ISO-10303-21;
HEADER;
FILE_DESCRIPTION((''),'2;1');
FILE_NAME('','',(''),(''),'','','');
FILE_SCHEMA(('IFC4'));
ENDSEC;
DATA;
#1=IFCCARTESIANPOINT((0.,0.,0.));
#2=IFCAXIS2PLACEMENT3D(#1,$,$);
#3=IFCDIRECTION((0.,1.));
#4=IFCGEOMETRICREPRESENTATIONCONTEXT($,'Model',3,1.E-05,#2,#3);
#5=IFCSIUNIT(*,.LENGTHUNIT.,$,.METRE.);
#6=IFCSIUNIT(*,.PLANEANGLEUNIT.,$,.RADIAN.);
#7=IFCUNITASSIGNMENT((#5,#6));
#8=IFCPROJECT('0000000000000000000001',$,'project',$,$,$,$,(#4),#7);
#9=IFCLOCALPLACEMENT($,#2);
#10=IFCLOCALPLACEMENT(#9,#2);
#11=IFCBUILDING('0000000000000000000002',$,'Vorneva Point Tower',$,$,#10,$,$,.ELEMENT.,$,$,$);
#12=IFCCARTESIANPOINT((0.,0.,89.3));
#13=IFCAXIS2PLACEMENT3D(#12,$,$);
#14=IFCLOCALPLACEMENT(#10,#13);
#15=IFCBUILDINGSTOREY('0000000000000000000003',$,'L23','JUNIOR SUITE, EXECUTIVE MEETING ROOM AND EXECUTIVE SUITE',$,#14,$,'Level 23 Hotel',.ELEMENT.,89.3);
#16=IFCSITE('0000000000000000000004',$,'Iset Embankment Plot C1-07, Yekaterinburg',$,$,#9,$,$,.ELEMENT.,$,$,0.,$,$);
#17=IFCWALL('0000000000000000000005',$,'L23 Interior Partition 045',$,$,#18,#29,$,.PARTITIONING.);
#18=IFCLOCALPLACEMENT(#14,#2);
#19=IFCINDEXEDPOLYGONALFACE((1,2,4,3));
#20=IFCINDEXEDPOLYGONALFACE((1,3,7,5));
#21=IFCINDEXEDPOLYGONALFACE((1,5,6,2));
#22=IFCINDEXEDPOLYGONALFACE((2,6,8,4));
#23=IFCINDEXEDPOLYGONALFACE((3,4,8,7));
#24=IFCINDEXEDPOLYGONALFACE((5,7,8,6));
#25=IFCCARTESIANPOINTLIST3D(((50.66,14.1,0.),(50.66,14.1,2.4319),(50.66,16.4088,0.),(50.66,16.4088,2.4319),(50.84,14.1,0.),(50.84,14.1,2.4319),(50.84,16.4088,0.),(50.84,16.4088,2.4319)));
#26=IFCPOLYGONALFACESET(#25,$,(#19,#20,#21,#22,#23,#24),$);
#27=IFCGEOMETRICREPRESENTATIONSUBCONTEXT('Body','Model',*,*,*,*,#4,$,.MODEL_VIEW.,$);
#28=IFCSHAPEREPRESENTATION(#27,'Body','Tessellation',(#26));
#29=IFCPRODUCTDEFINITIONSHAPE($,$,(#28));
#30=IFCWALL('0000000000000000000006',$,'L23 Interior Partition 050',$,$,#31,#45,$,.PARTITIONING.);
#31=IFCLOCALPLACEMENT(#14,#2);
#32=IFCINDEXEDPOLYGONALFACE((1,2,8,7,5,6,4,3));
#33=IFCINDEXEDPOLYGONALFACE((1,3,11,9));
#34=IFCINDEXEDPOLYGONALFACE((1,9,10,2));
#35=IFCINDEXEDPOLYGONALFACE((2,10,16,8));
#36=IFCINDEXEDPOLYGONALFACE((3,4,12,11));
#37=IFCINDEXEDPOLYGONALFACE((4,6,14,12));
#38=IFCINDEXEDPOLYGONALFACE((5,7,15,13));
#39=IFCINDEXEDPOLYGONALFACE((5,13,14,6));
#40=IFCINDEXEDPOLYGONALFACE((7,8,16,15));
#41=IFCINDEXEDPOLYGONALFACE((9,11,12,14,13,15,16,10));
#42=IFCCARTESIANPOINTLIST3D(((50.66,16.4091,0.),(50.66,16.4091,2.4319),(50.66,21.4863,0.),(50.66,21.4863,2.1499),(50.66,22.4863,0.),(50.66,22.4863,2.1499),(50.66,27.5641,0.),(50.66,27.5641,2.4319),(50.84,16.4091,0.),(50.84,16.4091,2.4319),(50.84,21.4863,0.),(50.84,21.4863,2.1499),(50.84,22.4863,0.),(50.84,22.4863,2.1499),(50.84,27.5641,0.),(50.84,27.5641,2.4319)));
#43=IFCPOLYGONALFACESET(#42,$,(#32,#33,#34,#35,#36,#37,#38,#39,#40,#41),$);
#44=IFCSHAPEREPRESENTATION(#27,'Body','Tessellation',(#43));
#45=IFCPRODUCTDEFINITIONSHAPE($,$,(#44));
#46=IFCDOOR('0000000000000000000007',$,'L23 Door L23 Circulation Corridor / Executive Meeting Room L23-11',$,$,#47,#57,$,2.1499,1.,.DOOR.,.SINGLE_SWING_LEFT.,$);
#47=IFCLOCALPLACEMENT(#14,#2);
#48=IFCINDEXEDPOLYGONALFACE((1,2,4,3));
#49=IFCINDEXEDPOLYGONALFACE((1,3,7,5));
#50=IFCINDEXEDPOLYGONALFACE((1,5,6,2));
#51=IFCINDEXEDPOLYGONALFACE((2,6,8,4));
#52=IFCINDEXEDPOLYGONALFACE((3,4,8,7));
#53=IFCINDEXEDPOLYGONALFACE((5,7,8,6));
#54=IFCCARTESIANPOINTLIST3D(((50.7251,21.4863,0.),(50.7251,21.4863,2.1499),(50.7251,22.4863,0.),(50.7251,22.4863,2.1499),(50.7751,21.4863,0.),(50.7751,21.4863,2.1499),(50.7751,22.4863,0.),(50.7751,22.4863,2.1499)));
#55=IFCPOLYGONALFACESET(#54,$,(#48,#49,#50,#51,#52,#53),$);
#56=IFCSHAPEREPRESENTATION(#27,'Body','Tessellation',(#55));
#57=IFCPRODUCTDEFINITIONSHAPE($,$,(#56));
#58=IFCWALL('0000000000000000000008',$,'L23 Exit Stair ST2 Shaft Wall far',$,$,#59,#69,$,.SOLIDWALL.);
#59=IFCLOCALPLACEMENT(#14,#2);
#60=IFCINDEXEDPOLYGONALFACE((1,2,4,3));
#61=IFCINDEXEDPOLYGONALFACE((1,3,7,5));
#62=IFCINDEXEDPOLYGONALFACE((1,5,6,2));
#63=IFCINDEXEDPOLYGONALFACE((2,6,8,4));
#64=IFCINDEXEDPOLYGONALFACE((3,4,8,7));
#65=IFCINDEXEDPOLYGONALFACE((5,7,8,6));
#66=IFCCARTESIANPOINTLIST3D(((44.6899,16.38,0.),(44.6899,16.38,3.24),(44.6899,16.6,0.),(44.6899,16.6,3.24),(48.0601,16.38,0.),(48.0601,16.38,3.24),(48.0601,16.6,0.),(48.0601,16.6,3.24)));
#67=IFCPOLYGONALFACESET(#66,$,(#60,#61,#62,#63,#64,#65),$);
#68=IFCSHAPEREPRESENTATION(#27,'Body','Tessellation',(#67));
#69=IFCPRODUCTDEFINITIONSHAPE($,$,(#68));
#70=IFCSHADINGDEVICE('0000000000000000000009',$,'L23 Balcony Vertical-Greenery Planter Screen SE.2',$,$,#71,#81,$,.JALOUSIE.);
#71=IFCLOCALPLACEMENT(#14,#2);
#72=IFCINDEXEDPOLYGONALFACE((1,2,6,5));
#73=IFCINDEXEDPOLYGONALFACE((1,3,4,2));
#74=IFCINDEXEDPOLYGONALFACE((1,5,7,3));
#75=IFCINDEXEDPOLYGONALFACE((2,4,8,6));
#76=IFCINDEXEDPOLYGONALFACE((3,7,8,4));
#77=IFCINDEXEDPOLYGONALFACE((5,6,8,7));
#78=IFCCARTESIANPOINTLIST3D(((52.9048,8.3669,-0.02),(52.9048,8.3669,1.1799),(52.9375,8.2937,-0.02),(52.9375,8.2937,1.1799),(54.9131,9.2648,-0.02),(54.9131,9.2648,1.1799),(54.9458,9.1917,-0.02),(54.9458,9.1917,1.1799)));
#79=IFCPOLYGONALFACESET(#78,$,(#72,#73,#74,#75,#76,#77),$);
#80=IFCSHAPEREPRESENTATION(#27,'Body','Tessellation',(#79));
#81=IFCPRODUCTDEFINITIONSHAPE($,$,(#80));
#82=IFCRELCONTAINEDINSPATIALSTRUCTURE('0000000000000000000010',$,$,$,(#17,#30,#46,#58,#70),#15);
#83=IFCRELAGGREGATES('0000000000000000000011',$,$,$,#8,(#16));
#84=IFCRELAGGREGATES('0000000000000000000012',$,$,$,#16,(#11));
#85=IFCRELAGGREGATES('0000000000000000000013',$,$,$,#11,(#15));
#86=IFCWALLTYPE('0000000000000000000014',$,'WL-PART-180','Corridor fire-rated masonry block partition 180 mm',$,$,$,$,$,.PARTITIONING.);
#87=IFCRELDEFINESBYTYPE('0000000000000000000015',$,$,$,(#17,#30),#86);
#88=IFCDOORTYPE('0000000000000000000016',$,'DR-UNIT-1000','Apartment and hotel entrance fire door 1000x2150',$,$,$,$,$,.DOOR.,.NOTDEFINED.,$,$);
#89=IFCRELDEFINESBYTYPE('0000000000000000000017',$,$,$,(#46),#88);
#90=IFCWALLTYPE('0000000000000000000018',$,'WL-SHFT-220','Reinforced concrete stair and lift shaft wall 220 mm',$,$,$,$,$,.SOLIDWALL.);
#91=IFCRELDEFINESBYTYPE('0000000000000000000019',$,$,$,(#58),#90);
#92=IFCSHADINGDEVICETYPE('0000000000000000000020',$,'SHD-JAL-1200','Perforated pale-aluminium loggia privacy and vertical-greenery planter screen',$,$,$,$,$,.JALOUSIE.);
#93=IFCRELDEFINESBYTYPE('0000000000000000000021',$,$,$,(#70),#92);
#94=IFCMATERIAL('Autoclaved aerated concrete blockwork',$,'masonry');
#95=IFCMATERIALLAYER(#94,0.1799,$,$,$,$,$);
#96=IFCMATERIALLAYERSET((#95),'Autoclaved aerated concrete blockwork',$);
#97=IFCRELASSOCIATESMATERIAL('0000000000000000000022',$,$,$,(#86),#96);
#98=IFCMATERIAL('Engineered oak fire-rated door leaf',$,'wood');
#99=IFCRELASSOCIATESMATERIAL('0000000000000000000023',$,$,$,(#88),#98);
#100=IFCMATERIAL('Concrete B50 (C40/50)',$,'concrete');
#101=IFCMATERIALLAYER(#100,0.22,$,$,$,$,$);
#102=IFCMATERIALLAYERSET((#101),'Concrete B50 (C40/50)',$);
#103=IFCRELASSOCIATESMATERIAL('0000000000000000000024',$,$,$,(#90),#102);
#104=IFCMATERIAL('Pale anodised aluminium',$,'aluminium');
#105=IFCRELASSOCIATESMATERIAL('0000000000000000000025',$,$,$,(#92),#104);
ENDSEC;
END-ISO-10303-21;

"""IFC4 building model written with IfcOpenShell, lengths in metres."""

from ifc_helpers import new_model, si_unit, direction, frame, frame_2d, origin, origin_2d, place, context, subcontext, project, spatial, rectangle, extrude, material, layer, layer_set, type_object, element, fill, save


model = new_model("IFC4")

# Units and contexts
model_context = context("Model", 3, precision=1e-05, world=origin(), true_north=direction((0.0, 1.0)))
body_context = subcontext(model_context, "Body", "Model", "MODEL_VIEW")
ifc_project = project(units=[si_unit("LENGTHUNIT", "METRE"), si_unit("PLANEANGLEUNIT", "RADIAN")], contexts=[model_context])

# Site, building, storey
site_placement = place(None, origin())
site = spatial("IfcSite", under=ifc_project, at=site_placement, Name="Iset Embankment Plot C1-07, Yekaterinburg", CompositionType="ELEMENT", RefElevation=0.0)
building_placement = place(site_placement, origin())
building = spatial("IfcBuilding", under=site, at=building_placement, Name="Vorneva Point Tower", CompositionType="ELEMENT")
storey_placement = place(building_placement, frame((0.0, 0.0, 89.3)))
storey = spatial("IfcBuildingStorey", under=building, at=storey_placement, Name="L23", Description="JUNIOR SUITE, EXECUTIVE MEETING ROOM AND EXECUTIVE SUITE", LongName="Level 23 Hotel", CompositionType="ELEMENT", Elevation=89.3)

# Shared definitions
ifc_material_1 = material(Name="Pale anodised aluminium", Category="aluminium")

# Wall
ifc_material_2 = material(Name="Autoclaved aerated concrete blockwork", Category="masonry")
ifc_layer_1 = layer(ifc_material_2, 0.1799)
ifc_layer_set_1 = layer_set([ifc_layer_1], Name="Autoclaved aerated concrete blockwork")
wall_type_1 = type_object("IfcWallType", Name="WL-PART-180", Description="Corridor fire-rated masonry block partition 180 mm", PredefinedType="PARTITIONING", material=ifc_layer_set_1)
wall_1_placement = place(storey_placement, frame((50.75, 14.1001, 0.0), z_axis=(0.0, 0.0, 1.0), x_axis=(0.0, 1.0, 0.0)))
element("IfcWall", 1, at=wall_1_placement, inside=storey, type_object=wall_type_1, Name="L23 Interior Partition 045", PredefinedType="PARTITIONING", context=body_context, shape_type="SweptSolid", body=[
    extrude(rectangle(XDim=2.3088, YDim=0.1799, at=frame_2d((1.1543, 0.0))), origin(), (0.0, 0.0, 1.0), 2.4319),
])

# Wall, opening, door
wall_2_placement = place(storey_placement, frame((50.75, 16.4089, 0.0), z_axis=(0.0, 0.0, 1.0), x_axis=(0.0, 1.0, 0.0)))
wall_2 = element("IfcWall", 2, at=wall_2_placement, inside=storey, type_object=wall_type_1, Name="L23 Interior Partition 050", PredefinedType="PARTITIONING", context=body_context, shape_type="SweptSolid", body=[
    extrude(rectangle(XDim=11.155, YDim=0.1799, at=frame_2d((5.5776, 0.0))), origin(), (0.0, 0.0, 1.0), 2.4319),
])
opening_1_placement = place(wall_2_placement, frame((5.0774, 0.0, 0.0)))
opening_1 = element("IfcOpeningElement", 3, at=opening_1_placement, cuts=wall_2, PredefinedType="OPENING", context=body_context, shape_type="SweptSolid", body=[
    extrude(rectangle(XDim=1.0, YDim=2.1499, at=frame_2d((0.5, 1.075))), frame((0.0, 0.105, 0.0), z_axis=(0.0, -1.0, 0.0), x_axis=(1.0, 0.0, 0.0)), (0.0, 0.0, 1.0), 0.2097),
])
ifc_material_3 = material(Name="Engineered oak fire-rated door leaf", Category="wood")
door_type_1 = type_object("IfcDoorType", Name="DR-UNIT-1000", Description="Apartment and hotel entrance fire door 1000x2150", OperationType="NOTDEFINED", PredefinedType="DOOR", material=ifc_material_3)
door_1_placement = place(opening_1_placement, origin())
door_1 = element("IfcDoor", 4, at=door_1_placement, inside=storey, type_object=door_type_1, Name="L23 Door L23 Circulation Corridor / Executive Meeting Room L23-11", OperationType="SINGLE_SWING_LEFT", OverallHeight=2.1499, OverallWidth=1.0, PredefinedType="DOOR", context=body_context, shape_type="SweptSolid", body=[
    extrude(rectangle(XDim=1.0, YDim=2.1499, at=frame_2d((0.5, 1.075))), frame((0.0, 0.0249, 0.0), z_axis=(0.0, -1.0, 0.0), x_axis=(1.0, 0.0, 0.0)), (0.0, 0.0, 1.0), 0.05),
])
fill(opening_1, door_1)

# Wall
ifc_material_4 = material(Name="Concrete B50 (C40/50)", Category="concrete")
ifc_layer_2 = layer(ifc_material_4, 0.22)
ifc_layer_set_2 = layer_set([ifc_layer_2], Name="Concrete B50 (C40/50)")
wall_type_2 = type_object("IfcWallType", Name="WL-SHFT-220", Description="Reinforced concrete stair and lift shaft wall 220 mm", PredefinedType="SOLIDWALL", material=ifc_layer_set_2)
wall_3_placement = place(storey_placement, frame((48.0601, 16.49, 0.0), z_axis=(0.0, 0.0, 1.0), x_axis=(-1.0, 0.0, 0.0)))
element("IfcWall", 5, at=wall_3_placement, inside=storey, type_object=wall_type_2, Name="L23 Exit Stair ST2 Shaft Wall far", PredefinedType="SOLIDWALL", context=body_context, shape_type="SweptSolid", body=[
    extrude(rectangle(XDim=3.3701, YDim=0.22, at=frame_2d((1.6851, 0.0))), origin(), (0.0, 0.0, 1.0), 3.24),
])

# Shading device
shading_device_type = type_object("IfcShadingDeviceType", Name="SHD-JAL-1200", Description="Perforated pale-aluminium loggia privacy and vertical-greenery planter screen", PredefinedType="JALOUSIE", material=ifc_material_1)
shading_device_placement = place(storey_placement, frame((53.9253, 8.7793, -0.02), z_axis=(0.0, 0.0, 1.0), x_axis=(0.912898, 0.408187, 0.0)))
element("IfcShadingDevice", 6, at=shading_device_placement, inside=storey, type_object=shading_device_type, Name="L23 Balcony Vertical-Greenery Planter Screen SE.2", PredefinedType="JALOUSIE", context=body_context, shape_type="SweptSolid", body=[
    extrude(rectangle(XDim=2.2, YDim=0.0801, at=origin_2d()), origin(), (0.0, 0.0, 1.0), 1.2),
])

save(model, "model.ifc")
